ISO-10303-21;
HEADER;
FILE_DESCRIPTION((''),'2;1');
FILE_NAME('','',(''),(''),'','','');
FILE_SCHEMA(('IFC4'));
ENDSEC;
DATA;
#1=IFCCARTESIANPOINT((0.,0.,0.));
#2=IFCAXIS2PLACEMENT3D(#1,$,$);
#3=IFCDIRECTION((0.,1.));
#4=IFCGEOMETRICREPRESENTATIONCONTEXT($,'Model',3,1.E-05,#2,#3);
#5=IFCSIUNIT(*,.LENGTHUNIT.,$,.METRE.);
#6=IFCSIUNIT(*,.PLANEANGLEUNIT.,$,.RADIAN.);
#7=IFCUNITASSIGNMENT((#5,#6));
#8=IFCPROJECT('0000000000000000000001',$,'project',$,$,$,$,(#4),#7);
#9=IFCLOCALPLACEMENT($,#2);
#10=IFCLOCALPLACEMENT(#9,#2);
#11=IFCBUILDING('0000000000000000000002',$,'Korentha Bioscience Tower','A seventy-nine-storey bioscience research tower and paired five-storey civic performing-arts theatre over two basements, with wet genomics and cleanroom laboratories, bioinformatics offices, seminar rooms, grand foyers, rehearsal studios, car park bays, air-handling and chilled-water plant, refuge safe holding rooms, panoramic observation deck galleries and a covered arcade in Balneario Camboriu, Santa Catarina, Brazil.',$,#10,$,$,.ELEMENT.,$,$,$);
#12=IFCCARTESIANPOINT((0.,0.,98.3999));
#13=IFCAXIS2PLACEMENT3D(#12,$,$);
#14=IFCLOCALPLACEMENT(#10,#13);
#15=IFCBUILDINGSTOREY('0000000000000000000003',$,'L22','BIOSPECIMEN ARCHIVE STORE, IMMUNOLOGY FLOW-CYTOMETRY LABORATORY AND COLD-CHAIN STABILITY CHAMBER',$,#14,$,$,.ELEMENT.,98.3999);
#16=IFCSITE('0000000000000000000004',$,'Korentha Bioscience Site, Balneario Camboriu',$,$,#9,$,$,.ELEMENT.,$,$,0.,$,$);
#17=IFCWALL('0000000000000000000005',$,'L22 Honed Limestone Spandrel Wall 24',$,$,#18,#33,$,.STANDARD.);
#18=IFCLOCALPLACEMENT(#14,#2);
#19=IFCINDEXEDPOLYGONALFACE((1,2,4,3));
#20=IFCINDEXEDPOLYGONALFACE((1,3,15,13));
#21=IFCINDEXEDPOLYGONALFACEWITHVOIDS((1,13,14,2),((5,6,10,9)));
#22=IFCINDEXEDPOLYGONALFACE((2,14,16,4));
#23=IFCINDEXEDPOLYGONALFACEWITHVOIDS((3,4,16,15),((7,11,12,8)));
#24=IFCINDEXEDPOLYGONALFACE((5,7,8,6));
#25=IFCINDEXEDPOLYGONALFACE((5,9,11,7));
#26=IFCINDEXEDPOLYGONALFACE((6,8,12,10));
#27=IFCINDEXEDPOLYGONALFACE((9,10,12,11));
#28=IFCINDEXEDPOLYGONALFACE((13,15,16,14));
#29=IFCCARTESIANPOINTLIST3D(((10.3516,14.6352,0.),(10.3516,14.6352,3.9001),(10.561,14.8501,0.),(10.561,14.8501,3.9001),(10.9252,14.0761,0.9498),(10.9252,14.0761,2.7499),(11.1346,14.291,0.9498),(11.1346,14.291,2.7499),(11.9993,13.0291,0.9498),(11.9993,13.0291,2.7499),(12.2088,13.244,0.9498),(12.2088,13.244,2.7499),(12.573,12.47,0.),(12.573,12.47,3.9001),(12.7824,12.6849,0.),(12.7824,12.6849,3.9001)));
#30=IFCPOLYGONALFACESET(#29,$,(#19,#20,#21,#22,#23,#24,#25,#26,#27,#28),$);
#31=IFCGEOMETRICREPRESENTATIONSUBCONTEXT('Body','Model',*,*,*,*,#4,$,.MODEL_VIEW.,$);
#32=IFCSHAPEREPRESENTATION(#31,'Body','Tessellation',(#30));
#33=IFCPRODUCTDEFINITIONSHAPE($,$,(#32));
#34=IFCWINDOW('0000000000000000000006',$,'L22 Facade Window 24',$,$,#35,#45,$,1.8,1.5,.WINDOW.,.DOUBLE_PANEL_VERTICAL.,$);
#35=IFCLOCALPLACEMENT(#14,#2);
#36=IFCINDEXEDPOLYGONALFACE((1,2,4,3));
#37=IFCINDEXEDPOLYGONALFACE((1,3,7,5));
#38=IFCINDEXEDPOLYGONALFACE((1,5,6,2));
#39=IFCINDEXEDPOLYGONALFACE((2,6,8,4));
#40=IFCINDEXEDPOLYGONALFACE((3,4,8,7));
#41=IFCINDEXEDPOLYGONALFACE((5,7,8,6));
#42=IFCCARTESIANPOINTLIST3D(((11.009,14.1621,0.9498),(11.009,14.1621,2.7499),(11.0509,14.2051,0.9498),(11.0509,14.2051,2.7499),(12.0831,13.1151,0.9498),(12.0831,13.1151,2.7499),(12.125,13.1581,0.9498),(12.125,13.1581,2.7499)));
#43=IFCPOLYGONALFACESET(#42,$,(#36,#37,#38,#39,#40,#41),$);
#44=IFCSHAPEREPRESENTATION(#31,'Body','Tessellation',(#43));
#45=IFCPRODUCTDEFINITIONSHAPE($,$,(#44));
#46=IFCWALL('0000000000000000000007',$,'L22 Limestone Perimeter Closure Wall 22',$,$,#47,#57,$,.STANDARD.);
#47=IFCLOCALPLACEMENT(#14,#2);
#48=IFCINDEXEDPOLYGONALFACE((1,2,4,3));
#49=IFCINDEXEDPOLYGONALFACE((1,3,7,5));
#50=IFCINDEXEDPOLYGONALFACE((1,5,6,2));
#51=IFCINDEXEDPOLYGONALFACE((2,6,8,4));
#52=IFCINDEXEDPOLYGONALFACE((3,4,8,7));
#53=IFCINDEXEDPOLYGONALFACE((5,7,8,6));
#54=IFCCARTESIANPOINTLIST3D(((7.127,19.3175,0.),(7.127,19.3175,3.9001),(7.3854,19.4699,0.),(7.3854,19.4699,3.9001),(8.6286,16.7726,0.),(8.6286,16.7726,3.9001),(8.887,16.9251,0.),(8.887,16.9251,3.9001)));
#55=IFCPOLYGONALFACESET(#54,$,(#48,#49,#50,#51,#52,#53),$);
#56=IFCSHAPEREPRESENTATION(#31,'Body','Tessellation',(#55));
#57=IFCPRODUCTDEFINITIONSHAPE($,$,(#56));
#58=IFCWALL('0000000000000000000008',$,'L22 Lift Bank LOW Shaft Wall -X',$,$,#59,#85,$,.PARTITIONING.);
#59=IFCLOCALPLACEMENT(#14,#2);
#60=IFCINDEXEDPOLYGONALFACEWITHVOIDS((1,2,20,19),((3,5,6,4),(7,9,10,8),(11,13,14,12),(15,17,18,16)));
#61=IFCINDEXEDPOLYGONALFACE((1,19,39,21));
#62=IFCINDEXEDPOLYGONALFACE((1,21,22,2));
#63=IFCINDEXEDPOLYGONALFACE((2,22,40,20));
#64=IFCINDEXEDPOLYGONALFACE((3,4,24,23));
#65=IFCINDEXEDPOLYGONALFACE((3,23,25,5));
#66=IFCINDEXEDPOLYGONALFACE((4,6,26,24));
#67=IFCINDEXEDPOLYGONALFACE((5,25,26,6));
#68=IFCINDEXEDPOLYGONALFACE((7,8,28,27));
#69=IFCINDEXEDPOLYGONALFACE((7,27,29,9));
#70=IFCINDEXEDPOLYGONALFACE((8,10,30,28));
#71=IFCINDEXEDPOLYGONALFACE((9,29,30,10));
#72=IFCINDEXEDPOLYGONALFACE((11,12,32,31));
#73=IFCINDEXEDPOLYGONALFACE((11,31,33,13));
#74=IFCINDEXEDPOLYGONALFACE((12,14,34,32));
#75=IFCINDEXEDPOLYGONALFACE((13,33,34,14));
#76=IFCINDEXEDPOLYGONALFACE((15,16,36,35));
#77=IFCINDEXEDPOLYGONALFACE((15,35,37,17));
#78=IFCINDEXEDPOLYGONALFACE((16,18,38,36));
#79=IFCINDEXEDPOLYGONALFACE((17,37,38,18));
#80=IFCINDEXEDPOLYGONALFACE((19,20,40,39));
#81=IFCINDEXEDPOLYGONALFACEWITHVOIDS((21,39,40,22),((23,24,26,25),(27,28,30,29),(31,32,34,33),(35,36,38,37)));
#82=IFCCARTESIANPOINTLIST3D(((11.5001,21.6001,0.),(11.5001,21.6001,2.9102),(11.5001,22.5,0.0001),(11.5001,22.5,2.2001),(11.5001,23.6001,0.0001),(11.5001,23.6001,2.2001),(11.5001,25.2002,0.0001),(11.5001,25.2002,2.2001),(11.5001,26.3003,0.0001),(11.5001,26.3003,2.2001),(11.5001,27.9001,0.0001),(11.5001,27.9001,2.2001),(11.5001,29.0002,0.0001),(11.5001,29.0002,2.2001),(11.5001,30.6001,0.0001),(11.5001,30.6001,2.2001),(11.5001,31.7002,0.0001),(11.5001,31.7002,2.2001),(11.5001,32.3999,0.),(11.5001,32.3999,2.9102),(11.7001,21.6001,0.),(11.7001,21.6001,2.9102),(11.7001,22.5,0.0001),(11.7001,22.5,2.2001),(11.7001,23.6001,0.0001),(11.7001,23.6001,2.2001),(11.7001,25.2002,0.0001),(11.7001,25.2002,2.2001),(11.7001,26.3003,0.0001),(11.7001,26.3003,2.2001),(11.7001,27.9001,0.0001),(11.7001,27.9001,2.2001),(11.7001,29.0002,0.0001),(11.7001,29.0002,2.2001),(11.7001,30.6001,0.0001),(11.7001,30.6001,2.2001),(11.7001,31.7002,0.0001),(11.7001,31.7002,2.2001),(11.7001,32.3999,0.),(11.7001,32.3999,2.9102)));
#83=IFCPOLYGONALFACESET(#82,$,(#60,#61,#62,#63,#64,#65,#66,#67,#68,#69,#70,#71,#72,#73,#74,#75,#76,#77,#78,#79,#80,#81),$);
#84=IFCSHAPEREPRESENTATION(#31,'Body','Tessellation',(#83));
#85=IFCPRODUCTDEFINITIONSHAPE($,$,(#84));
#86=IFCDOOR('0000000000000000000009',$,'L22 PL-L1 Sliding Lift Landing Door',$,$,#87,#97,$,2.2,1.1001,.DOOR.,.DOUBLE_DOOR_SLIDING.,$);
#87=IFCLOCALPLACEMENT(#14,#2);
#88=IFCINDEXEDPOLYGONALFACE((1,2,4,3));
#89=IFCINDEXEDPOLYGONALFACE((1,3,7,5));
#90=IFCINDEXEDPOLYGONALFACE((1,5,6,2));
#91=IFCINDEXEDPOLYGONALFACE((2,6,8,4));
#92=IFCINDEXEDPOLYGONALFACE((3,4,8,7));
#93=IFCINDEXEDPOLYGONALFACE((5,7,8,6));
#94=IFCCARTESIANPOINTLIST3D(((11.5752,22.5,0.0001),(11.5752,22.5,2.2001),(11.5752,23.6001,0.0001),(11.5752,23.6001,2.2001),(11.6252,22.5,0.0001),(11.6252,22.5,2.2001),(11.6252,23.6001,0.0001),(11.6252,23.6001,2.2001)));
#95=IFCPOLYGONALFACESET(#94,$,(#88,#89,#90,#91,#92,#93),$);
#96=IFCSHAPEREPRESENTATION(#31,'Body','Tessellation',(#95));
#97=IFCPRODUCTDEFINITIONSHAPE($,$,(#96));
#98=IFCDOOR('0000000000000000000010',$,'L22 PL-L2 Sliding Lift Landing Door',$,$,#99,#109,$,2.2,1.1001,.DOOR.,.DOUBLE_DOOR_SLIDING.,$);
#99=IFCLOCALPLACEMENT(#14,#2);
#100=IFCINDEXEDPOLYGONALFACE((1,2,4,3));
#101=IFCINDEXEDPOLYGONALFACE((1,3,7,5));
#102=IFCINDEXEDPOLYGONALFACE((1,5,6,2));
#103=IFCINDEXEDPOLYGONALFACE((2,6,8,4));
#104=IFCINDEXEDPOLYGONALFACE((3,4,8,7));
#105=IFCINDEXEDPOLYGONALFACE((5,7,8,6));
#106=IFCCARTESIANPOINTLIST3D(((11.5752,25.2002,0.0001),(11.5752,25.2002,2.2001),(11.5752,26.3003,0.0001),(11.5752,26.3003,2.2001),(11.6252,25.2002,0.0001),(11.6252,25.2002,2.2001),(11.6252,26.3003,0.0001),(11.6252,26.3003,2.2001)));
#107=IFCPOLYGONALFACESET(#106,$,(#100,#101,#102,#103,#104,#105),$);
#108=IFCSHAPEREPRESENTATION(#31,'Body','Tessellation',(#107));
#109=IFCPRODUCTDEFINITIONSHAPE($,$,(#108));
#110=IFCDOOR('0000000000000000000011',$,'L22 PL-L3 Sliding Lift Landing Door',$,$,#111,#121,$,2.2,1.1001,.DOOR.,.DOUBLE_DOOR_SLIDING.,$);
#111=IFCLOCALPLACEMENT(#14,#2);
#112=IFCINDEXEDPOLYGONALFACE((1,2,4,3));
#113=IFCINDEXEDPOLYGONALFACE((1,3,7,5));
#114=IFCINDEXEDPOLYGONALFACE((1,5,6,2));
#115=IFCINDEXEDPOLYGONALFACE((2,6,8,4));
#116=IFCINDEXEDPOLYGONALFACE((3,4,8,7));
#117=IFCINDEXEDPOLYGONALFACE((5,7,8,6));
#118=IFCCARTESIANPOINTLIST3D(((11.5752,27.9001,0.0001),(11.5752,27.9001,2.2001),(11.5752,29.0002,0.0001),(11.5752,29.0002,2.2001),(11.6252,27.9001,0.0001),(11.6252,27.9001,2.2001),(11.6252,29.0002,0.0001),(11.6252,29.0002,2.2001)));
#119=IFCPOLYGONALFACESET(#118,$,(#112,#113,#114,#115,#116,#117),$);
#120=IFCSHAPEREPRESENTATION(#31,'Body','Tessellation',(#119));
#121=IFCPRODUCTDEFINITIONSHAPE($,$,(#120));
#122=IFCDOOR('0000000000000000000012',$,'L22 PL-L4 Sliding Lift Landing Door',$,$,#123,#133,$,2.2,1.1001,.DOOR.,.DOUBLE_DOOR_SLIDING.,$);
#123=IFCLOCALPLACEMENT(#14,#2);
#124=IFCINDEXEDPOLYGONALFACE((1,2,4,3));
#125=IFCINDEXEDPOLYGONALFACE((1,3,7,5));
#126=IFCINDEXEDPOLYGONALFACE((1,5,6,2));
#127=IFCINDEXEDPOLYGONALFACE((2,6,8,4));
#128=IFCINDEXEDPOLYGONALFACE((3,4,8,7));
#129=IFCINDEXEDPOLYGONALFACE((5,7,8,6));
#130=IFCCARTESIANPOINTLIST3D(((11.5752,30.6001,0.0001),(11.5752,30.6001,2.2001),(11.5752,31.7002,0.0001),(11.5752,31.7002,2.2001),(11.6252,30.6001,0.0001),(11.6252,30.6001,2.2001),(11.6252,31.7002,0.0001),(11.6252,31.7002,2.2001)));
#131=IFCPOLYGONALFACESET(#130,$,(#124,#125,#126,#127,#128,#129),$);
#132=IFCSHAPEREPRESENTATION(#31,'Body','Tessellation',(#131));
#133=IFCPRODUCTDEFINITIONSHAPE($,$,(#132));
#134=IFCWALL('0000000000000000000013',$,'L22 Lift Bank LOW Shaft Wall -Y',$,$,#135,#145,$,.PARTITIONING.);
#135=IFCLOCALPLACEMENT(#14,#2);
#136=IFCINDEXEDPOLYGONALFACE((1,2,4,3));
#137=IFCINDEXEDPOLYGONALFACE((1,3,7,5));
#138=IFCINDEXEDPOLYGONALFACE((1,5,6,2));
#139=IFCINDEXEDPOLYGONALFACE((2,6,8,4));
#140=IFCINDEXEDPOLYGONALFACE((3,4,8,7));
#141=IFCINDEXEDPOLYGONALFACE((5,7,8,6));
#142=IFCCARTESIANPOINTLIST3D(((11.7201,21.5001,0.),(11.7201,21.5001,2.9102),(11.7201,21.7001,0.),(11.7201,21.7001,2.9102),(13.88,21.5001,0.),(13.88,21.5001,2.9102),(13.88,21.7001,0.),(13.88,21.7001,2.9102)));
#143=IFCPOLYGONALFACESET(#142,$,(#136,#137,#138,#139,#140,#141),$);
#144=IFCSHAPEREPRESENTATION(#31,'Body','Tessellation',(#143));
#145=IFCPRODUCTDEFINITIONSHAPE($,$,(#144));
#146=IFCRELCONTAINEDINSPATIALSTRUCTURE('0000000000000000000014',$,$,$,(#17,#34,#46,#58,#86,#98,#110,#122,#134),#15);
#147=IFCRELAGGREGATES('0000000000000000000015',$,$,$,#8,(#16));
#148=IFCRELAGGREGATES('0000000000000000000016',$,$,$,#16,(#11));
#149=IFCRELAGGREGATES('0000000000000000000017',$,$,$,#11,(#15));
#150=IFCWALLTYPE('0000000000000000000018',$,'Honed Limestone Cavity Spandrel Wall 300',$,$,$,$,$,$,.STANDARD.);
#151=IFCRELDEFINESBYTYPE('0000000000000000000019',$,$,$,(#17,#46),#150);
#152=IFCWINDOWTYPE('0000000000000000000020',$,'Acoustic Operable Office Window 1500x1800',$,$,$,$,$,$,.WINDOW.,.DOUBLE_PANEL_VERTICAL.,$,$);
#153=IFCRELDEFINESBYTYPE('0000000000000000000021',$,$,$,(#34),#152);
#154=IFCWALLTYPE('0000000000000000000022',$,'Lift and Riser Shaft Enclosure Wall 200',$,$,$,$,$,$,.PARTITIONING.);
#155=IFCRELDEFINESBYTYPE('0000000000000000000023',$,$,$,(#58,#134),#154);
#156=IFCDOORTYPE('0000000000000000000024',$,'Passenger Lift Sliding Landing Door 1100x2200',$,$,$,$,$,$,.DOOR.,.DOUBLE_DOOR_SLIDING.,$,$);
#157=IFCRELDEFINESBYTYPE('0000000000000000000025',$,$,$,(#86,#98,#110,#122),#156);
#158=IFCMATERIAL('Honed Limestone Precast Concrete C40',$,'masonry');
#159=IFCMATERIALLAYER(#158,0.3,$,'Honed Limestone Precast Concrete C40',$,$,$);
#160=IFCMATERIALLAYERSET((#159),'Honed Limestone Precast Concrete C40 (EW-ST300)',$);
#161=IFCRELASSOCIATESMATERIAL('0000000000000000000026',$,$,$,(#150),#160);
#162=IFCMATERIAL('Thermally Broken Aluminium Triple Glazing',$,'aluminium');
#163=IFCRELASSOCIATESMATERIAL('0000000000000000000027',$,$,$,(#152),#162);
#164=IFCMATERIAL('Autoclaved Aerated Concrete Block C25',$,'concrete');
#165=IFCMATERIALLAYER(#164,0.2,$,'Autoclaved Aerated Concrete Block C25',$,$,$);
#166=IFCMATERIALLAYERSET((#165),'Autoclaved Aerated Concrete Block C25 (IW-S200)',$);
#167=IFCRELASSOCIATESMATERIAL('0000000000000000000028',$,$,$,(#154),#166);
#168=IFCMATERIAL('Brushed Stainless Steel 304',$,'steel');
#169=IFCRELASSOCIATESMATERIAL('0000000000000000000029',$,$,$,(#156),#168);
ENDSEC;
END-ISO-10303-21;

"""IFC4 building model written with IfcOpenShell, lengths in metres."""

from ifc_helpers import new_model, si_unit, direction, frame, frame_2d, origin, place, context, subcontext, project, spatial, rectangle, extrude, material, layer, layer_set, type_object, element, fill, save


model = new_model("IFC4")

# Units and contexts
model_context = context("Model", 3, precision=1e-05, world=origin(), true_north=direction((0.0, 1.0)))
body_context = subcontext(model_context, "Body", "Model", "MODEL_VIEW")
ifc_project = project(units=[si_unit("LENGTHUNIT", "METRE"), si_unit("PLANEANGLEUNIT", "RADIAN")], contexts=[model_context])

# Site, building, storey
site_placement = place(None, origin())
site = spatial("IfcSite", under=ifc_project, at=site_placement, Name="Korentha Bioscience Site, Balneario Camboriu", CompositionType="ELEMENT", RefElevation=0.0)
building_placement = place(site_placement, origin())
building = spatial("IfcBuilding", under=site, at=building_placement, Name="Korentha Bioscience Tower", Description="A seventy-nine-storey bioscience research tower and paired five-storey civic performing-arts theatre over two basements, with wet genomics and cleanroom laboratories, bioinformatics offices, seminar rooms, grand foyers, rehearsal studios, car park bays, air-handling and chilled-water plant, refuge safe holding rooms, panoramic observation deck galleries and a covered arcade in Balneario Camboriu, Santa Catarina, Brazil.", CompositionType="ELEMENT")
storey_placement = place(building_placement, frame((0.0, 0.0, 98.3999)))
storey = spatial("IfcBuildingStorey", under=building, at=storey_placement, Name="L22", Description="BIOSPECIMEN ARCHIVE STORE, IMMUNOLOGY FLOW-CYTOMETRY LABORATORY AND COLD-CHAIN STABILITY CHAMBER", CompositionType="ELEMENT", Elevation=98.3999)

# Shared definitions
ifc_material_1 = material(Name="Honed Limestone Precast Concrete C40", Category="masonry")
ifc_layer_1 = layer(ifc_material_1, 0.3, Name="Honed Limestone Precast Concrete C40")
ifc_layer_set_1 = layer_set([ifc_layer_1], Name="Honed Limestone Precast Concrete C40 (EW-ST300)")
wall_type_1 = type_object("IfcWallType", Name="Honed Limestone Cavity Spandrel Wall 300", PredefinedType="STANDARD", material=ifc_layer_set_1)

# Wall, opening, window
wall_1_placement = place(storey_placement, frame((10.4563, 14.7427, 0.0), z_axis=(0.0, 0.0, 1.0), x_axis=(0.716099, -0.697998, 0.0)))
wall_1 = element("IfcWall", 1, at=wall_1_placement, inside=storey, type_object=wall_type_1, Name="L22 Honed Limestone Spandrel Wall 24", PredefinedType="STANDARD", context=body_context, shape_type="SweptSolid", body=[
    extrude(rectangle(XDim=3.1021, YDim=0.3, at=frame_2d((1.551, 0.0))), origin(), (0.0, 0.0, 1.0), 3.9001),
])
opening_1_placement = place(wall_1_placement, frame((0.801, 0.0, 0.95)))
opening_1 = element("IfcOpeningElement", 2, at=opening_1_placement, cuts=wall_1, PredefinedType="OPENING", context=body_context, shape_type="SweptSolid", body=[
    extrude(rectangle(XDim=1.5, YDim=1.8, at=frame_2d((0.75, 0.8999))), frame((0.0, 0.165, 0.0), z_axis=(0.0, -1.0, 0.0), x_axis=(1.0, 0.0, 0.0)), (0.0, 0.0, 1.0), 0.3298),
])
ifc_material_2 = material(Name="Thermally Broken Aluminium Triple Glazing", Category="aluminium")
window_type = type_object("IfcWindowType", Name="Acoustic Operable Office Window 1500x1800", PartitioningType="DOUBLE_PANEL_VERTICAL", PredefinedType="WINDOW", material=ifc_material_2)
window_placement = place(opening_1_placement, origin())
window = element("IfcWindow", 3, at=window_placement, inside=storey, type_object=window_type, Name="L22 Facade Window 24", OverallHeight=1.8, OverallWidth=1.5, PartitioningType="DOUBLE_PANEL_VERTICAL", PredefinedType="WINDOW", context=body_context, shape_type="SweptSolid", body=[
    extrude(rectangle(XDim=1.5, YDim=1.8, at=frame_2d((0.75, 0.8999))), frame((0.0, 0.03, 0.0), z_axis=(0.0, -1.0, 0.0), x_axis=(1.0, 0.0, 0.0)), (0.0, 0.0, 1.0), 0.0601),
])
fill(opening_1, window)

# Wall
wall_2_placement = place(storey_placement, frame((7.2561, 19.3938, 0.0), z_axis=(0.0, 0.0, 1.0), x_axis=(0.5082, -0.861239, 0.0)))
element("IfcWall", 4, at=wall_2_placement, inside=storey, type_object=wall_type_1, Name="L22 Limestone Perimeter Closure Wall 22", PredefinedType="STANDARD", context=body_context, shape_type="SweptSolid", body=[
    extrude(rectangle(XDim=2.9548, YDim=0.3, at=frame_2d((1.4775, 0.0))), origin(), (0.0, 0.0, 1.0), 3.9001),
])

# Wall, openings, doors
ifc_material_3 = material(Name="Autoclaved Aerated Concrete Block C25", Category="concrete")
ifc_layer_2 = layer(ifc_material_3, 0.2, Name="Autoclaved Aerated Concrete Block C25")
ifc_layer_set_2 = layer_set([ifc_layer_2], Name="Autoclaved Aerated Concrete Block C25 (IW-S200)")
wall_type_2 = type_object("IfcWallType", Name="Lift and Riser Shaft Enclosure Wall 200", PredefinedType="PARTITIONING", material=ifc_layer_set_2)
wall_3_placement = place(storey_placement, frame((11.6001, 21.6001, 0.0), z_axis=(0.0, 0.0, 1.0), x_axis=(0.0, 1.0, 0.0)))
wall_3 = element("IfcWall", 5, at=wall_3_placement, inside=storey, type_object=wall_type_2, Name="L22 Lift Bank LOW Shaft Wall -X", PredefinedType="PARTITIONING", context=body_context, shape_type="SweptSolid", body=[
    extrude(rectangle(XDim=10.7998, YDim=0.2, at=frame_2d((5.3999, 0.0))), origin(), (0.0, 0.0, 1.0), 2.9102),
])
opening_2_placement = place(wall_3_placement, frame((0.8999, 0.0, 0.0)))
opening_2 = element("IfcOpeningElement", 6, at=opening_2_placement, cuts=wall_3, PredefinedType="OPENING", context=body_context, shape_type="SweptSolid", body=[
    extrude(rectangle(XDim=1.1001, YDim=2.2, at=frame_2d((0.55, 1.1001))), frame((0.0, 0.1147, 0.0), z_axis=(0.0, -1.0, 0.0), x_axis=(1.0, 0.0, 0.0)), (0.0, 0.0, 1.0), 0.2297),
])
opening_3_placement = place(wall_3_placement, frame((3.6001, 0.0, 0.0)))
opening_3 = element("IfcOpeningElement", 7, at=opening_3_placement, cuts=wall_3, PredefinedType="OPENING", context=body_context, shape_type="SweptSolid", body=[
    extrude(rectangle(XDim=1.1001, YDim=2.2, at=frame_2d((0.55, 1.1001))), frame((0.0, 0.1147, 0.0), z_axis=(0.0, -1.0, 0.0), x_axis=(1.0, 0.0, 0.0)), (0.0, 0.0, 1.0), 0.2297),
])
opening_4_placement = place(wall_3_placement, frame((6.3, 0.0, 0.0)))
opening_4 = element("IfcOpeningElement", 8, at=opening_4_placement, cuts=wall_3, PredefinedType="OPENING", context=body_context, shape_type="SweptSolid", body=[
    extrude(rectangle(XDim=1.1001, YDim=2.2, at=frame_2d((0.55, 1.1001))), frame((0.0, 0.1147, 0.0), z_axis=(0.0, -1.0, 0.0), x_axis=(1.0, 0.0, 0.0)), (0.0, 0.0, 1.0), 0.2297),
])
opening_5_placement = place(wall_3_placement, frame((9.0, 0.0, 0.0)))
opening_5 = element("IfcOpeningElement", 9, at=opening_5_placement, cuts=wall_3, PredefinedType="OPENING", context=body_context, shape_type="SweptSolid", body=[
    extrude(rectangle(XDim=1.1001, YDim=2.2, at=frame_2d((0.55, 1.1001))), frame((0.0, 0.1147, 0.0), z_axis=(0.0, -1.0, 0.0), x_axis=(1.0, 0.0, 0.0)), (0.0, 0.0, 1.0), 0.2297),
])
ifc_material_4 = material(Name="Brushed Stainless Steel 304", Category="steel")
door_type_1 = type_object("IfcDoorType", Name="Passenger Lift Sliding Landing Door 1100x2200", OperationType="DOUBLE_DOOR_SLIDING", PredefinedType="DOOR", material=ifc_material_4)
door_1_placement = place(opening_2_placement, origin())
door_1 = element("IfcDoor", 10, at=door_1_placement, inside=storey, type_object=door_type_1, Name="L22 PL-L1 Sliding Lift Landing Door", OperationType="DOUBLE_DOOR_SLIDING", OverallHeight=2.2, OverallWidth=1.1001, PredefinedType="DOOR", context=body_context, shape_type="SweptSolid", body=[
    extrude(rectangle(XDim=1.1001, YDim=2.2, at=frame_2d((0.55, 1.1001))), frame((0.0, 0.0249, 0.0), z_axis=(0.0, -1.0, 0.0), x_axis=(1.0, 0.0, 0.0)), (0.0, 0.0, 1.0), 0.05),
])
fill(opening_2, door_1)
door_2_placement = place(opening_3_placement, origin())
door_2 = element("IfcDoor", 11, at=door_2_placement, inside=storey, type_object=door_type_1, Name="L22 PL-L2 Sliding Lift Landing Door", OperationType="DOUBLE_DOOR_SLIDING", OverallHeight=2.2, OverallWidth=1.1001, PredefinedType="DOOR", context=body_context, shape_type="SweptSolid", body=[
    extrude(rectangle(XDim=1.1001, YDim=2.2, at=frame_2d((0.55, 1.1001))), frame((0.0, 0.0249, 0.0), z_axis=(0.0, -1.0, 0.0), x_axis=(1.0, 0.0, 0.0)), (0.0, 0.0, 1.0), 0.05),
])
fill(opening_3, door_2)
door_3_placement = place(opening_4_placement, origin())
door_3 = element("IfcDoor", 12, at=door_3_placement, inside=storey, type_object=door_type_1, Name="L22 PL-L3 Sliding Lift Landing Door", OperationType="DOUBLE_DOOR_SLIDING", OverallHeight=2.2, OverallWidth=1.1001, PredefinedType="DOOR", context=body_context, shape_type="SweptSolid", body=[
    extrude(rectangle(XDim=1.1001, YDim=2.2, at=frame_2d((0.55, 1.1001))), frame((0.0, 0.0249, 0.0), z_axis=(0.0, -1.0, 0.0), x_axis=(1.0, 0.0, 0.0)), (0.0, 0.0, 1.0), 0.05),
])
fill(opening_4, door_3)
door_4_placement = place(opening_5_placement, origin())
door_4 = element("IfcDoor", 13, at=door_4_placement, inside=storey, type_object=door_type_1, Name="L22 PL-L4 Sliding Lift Landing Door", OperationType="DOUBLE_DOOR_SLIDING", OverallHeight=2.2, OverallWidth=1.1001, PredefinedType="DOOR", context=body_context, shape_type="SweptSolid", body=[
    extrude(rectangle(XDim=1.1001, YDim=2.2, at=frame_2d((0.55, 1.1001))), frame((0.0, 0.0249, 0.0), z_axis=(0.0, -1.0, 0.0), x_axis=(1.0, 0.0, 0.0)), (0.0, 0.0, 1.0), 0.05),
])
fill(opening_5, door_4)

# Wall
wall_4_placement = place(storey_placement, frame((11.72, 21.6001, 0.0), z_axis=(0.0, 0.0, 1.0), x_axis=(1.0, 0.0, 0.0)))
element("IfcWall", 14, at=wall_4_placement, inside=storey, type_object=wall_type_2, Name="L22 Lift Bank LOW Shaft Wall -Y", PredefinedType="PARTITIONING", context=body_context, shape_type="SweptSolid", body=[
    extrude(rectangle(XDim=2.1599, YDim=0.2, at=frame_2d((1.0801, 0.0))), origin(), (0.0, 0.0, 1.0), 2.9102),
])

save(model, "model.ifc")
